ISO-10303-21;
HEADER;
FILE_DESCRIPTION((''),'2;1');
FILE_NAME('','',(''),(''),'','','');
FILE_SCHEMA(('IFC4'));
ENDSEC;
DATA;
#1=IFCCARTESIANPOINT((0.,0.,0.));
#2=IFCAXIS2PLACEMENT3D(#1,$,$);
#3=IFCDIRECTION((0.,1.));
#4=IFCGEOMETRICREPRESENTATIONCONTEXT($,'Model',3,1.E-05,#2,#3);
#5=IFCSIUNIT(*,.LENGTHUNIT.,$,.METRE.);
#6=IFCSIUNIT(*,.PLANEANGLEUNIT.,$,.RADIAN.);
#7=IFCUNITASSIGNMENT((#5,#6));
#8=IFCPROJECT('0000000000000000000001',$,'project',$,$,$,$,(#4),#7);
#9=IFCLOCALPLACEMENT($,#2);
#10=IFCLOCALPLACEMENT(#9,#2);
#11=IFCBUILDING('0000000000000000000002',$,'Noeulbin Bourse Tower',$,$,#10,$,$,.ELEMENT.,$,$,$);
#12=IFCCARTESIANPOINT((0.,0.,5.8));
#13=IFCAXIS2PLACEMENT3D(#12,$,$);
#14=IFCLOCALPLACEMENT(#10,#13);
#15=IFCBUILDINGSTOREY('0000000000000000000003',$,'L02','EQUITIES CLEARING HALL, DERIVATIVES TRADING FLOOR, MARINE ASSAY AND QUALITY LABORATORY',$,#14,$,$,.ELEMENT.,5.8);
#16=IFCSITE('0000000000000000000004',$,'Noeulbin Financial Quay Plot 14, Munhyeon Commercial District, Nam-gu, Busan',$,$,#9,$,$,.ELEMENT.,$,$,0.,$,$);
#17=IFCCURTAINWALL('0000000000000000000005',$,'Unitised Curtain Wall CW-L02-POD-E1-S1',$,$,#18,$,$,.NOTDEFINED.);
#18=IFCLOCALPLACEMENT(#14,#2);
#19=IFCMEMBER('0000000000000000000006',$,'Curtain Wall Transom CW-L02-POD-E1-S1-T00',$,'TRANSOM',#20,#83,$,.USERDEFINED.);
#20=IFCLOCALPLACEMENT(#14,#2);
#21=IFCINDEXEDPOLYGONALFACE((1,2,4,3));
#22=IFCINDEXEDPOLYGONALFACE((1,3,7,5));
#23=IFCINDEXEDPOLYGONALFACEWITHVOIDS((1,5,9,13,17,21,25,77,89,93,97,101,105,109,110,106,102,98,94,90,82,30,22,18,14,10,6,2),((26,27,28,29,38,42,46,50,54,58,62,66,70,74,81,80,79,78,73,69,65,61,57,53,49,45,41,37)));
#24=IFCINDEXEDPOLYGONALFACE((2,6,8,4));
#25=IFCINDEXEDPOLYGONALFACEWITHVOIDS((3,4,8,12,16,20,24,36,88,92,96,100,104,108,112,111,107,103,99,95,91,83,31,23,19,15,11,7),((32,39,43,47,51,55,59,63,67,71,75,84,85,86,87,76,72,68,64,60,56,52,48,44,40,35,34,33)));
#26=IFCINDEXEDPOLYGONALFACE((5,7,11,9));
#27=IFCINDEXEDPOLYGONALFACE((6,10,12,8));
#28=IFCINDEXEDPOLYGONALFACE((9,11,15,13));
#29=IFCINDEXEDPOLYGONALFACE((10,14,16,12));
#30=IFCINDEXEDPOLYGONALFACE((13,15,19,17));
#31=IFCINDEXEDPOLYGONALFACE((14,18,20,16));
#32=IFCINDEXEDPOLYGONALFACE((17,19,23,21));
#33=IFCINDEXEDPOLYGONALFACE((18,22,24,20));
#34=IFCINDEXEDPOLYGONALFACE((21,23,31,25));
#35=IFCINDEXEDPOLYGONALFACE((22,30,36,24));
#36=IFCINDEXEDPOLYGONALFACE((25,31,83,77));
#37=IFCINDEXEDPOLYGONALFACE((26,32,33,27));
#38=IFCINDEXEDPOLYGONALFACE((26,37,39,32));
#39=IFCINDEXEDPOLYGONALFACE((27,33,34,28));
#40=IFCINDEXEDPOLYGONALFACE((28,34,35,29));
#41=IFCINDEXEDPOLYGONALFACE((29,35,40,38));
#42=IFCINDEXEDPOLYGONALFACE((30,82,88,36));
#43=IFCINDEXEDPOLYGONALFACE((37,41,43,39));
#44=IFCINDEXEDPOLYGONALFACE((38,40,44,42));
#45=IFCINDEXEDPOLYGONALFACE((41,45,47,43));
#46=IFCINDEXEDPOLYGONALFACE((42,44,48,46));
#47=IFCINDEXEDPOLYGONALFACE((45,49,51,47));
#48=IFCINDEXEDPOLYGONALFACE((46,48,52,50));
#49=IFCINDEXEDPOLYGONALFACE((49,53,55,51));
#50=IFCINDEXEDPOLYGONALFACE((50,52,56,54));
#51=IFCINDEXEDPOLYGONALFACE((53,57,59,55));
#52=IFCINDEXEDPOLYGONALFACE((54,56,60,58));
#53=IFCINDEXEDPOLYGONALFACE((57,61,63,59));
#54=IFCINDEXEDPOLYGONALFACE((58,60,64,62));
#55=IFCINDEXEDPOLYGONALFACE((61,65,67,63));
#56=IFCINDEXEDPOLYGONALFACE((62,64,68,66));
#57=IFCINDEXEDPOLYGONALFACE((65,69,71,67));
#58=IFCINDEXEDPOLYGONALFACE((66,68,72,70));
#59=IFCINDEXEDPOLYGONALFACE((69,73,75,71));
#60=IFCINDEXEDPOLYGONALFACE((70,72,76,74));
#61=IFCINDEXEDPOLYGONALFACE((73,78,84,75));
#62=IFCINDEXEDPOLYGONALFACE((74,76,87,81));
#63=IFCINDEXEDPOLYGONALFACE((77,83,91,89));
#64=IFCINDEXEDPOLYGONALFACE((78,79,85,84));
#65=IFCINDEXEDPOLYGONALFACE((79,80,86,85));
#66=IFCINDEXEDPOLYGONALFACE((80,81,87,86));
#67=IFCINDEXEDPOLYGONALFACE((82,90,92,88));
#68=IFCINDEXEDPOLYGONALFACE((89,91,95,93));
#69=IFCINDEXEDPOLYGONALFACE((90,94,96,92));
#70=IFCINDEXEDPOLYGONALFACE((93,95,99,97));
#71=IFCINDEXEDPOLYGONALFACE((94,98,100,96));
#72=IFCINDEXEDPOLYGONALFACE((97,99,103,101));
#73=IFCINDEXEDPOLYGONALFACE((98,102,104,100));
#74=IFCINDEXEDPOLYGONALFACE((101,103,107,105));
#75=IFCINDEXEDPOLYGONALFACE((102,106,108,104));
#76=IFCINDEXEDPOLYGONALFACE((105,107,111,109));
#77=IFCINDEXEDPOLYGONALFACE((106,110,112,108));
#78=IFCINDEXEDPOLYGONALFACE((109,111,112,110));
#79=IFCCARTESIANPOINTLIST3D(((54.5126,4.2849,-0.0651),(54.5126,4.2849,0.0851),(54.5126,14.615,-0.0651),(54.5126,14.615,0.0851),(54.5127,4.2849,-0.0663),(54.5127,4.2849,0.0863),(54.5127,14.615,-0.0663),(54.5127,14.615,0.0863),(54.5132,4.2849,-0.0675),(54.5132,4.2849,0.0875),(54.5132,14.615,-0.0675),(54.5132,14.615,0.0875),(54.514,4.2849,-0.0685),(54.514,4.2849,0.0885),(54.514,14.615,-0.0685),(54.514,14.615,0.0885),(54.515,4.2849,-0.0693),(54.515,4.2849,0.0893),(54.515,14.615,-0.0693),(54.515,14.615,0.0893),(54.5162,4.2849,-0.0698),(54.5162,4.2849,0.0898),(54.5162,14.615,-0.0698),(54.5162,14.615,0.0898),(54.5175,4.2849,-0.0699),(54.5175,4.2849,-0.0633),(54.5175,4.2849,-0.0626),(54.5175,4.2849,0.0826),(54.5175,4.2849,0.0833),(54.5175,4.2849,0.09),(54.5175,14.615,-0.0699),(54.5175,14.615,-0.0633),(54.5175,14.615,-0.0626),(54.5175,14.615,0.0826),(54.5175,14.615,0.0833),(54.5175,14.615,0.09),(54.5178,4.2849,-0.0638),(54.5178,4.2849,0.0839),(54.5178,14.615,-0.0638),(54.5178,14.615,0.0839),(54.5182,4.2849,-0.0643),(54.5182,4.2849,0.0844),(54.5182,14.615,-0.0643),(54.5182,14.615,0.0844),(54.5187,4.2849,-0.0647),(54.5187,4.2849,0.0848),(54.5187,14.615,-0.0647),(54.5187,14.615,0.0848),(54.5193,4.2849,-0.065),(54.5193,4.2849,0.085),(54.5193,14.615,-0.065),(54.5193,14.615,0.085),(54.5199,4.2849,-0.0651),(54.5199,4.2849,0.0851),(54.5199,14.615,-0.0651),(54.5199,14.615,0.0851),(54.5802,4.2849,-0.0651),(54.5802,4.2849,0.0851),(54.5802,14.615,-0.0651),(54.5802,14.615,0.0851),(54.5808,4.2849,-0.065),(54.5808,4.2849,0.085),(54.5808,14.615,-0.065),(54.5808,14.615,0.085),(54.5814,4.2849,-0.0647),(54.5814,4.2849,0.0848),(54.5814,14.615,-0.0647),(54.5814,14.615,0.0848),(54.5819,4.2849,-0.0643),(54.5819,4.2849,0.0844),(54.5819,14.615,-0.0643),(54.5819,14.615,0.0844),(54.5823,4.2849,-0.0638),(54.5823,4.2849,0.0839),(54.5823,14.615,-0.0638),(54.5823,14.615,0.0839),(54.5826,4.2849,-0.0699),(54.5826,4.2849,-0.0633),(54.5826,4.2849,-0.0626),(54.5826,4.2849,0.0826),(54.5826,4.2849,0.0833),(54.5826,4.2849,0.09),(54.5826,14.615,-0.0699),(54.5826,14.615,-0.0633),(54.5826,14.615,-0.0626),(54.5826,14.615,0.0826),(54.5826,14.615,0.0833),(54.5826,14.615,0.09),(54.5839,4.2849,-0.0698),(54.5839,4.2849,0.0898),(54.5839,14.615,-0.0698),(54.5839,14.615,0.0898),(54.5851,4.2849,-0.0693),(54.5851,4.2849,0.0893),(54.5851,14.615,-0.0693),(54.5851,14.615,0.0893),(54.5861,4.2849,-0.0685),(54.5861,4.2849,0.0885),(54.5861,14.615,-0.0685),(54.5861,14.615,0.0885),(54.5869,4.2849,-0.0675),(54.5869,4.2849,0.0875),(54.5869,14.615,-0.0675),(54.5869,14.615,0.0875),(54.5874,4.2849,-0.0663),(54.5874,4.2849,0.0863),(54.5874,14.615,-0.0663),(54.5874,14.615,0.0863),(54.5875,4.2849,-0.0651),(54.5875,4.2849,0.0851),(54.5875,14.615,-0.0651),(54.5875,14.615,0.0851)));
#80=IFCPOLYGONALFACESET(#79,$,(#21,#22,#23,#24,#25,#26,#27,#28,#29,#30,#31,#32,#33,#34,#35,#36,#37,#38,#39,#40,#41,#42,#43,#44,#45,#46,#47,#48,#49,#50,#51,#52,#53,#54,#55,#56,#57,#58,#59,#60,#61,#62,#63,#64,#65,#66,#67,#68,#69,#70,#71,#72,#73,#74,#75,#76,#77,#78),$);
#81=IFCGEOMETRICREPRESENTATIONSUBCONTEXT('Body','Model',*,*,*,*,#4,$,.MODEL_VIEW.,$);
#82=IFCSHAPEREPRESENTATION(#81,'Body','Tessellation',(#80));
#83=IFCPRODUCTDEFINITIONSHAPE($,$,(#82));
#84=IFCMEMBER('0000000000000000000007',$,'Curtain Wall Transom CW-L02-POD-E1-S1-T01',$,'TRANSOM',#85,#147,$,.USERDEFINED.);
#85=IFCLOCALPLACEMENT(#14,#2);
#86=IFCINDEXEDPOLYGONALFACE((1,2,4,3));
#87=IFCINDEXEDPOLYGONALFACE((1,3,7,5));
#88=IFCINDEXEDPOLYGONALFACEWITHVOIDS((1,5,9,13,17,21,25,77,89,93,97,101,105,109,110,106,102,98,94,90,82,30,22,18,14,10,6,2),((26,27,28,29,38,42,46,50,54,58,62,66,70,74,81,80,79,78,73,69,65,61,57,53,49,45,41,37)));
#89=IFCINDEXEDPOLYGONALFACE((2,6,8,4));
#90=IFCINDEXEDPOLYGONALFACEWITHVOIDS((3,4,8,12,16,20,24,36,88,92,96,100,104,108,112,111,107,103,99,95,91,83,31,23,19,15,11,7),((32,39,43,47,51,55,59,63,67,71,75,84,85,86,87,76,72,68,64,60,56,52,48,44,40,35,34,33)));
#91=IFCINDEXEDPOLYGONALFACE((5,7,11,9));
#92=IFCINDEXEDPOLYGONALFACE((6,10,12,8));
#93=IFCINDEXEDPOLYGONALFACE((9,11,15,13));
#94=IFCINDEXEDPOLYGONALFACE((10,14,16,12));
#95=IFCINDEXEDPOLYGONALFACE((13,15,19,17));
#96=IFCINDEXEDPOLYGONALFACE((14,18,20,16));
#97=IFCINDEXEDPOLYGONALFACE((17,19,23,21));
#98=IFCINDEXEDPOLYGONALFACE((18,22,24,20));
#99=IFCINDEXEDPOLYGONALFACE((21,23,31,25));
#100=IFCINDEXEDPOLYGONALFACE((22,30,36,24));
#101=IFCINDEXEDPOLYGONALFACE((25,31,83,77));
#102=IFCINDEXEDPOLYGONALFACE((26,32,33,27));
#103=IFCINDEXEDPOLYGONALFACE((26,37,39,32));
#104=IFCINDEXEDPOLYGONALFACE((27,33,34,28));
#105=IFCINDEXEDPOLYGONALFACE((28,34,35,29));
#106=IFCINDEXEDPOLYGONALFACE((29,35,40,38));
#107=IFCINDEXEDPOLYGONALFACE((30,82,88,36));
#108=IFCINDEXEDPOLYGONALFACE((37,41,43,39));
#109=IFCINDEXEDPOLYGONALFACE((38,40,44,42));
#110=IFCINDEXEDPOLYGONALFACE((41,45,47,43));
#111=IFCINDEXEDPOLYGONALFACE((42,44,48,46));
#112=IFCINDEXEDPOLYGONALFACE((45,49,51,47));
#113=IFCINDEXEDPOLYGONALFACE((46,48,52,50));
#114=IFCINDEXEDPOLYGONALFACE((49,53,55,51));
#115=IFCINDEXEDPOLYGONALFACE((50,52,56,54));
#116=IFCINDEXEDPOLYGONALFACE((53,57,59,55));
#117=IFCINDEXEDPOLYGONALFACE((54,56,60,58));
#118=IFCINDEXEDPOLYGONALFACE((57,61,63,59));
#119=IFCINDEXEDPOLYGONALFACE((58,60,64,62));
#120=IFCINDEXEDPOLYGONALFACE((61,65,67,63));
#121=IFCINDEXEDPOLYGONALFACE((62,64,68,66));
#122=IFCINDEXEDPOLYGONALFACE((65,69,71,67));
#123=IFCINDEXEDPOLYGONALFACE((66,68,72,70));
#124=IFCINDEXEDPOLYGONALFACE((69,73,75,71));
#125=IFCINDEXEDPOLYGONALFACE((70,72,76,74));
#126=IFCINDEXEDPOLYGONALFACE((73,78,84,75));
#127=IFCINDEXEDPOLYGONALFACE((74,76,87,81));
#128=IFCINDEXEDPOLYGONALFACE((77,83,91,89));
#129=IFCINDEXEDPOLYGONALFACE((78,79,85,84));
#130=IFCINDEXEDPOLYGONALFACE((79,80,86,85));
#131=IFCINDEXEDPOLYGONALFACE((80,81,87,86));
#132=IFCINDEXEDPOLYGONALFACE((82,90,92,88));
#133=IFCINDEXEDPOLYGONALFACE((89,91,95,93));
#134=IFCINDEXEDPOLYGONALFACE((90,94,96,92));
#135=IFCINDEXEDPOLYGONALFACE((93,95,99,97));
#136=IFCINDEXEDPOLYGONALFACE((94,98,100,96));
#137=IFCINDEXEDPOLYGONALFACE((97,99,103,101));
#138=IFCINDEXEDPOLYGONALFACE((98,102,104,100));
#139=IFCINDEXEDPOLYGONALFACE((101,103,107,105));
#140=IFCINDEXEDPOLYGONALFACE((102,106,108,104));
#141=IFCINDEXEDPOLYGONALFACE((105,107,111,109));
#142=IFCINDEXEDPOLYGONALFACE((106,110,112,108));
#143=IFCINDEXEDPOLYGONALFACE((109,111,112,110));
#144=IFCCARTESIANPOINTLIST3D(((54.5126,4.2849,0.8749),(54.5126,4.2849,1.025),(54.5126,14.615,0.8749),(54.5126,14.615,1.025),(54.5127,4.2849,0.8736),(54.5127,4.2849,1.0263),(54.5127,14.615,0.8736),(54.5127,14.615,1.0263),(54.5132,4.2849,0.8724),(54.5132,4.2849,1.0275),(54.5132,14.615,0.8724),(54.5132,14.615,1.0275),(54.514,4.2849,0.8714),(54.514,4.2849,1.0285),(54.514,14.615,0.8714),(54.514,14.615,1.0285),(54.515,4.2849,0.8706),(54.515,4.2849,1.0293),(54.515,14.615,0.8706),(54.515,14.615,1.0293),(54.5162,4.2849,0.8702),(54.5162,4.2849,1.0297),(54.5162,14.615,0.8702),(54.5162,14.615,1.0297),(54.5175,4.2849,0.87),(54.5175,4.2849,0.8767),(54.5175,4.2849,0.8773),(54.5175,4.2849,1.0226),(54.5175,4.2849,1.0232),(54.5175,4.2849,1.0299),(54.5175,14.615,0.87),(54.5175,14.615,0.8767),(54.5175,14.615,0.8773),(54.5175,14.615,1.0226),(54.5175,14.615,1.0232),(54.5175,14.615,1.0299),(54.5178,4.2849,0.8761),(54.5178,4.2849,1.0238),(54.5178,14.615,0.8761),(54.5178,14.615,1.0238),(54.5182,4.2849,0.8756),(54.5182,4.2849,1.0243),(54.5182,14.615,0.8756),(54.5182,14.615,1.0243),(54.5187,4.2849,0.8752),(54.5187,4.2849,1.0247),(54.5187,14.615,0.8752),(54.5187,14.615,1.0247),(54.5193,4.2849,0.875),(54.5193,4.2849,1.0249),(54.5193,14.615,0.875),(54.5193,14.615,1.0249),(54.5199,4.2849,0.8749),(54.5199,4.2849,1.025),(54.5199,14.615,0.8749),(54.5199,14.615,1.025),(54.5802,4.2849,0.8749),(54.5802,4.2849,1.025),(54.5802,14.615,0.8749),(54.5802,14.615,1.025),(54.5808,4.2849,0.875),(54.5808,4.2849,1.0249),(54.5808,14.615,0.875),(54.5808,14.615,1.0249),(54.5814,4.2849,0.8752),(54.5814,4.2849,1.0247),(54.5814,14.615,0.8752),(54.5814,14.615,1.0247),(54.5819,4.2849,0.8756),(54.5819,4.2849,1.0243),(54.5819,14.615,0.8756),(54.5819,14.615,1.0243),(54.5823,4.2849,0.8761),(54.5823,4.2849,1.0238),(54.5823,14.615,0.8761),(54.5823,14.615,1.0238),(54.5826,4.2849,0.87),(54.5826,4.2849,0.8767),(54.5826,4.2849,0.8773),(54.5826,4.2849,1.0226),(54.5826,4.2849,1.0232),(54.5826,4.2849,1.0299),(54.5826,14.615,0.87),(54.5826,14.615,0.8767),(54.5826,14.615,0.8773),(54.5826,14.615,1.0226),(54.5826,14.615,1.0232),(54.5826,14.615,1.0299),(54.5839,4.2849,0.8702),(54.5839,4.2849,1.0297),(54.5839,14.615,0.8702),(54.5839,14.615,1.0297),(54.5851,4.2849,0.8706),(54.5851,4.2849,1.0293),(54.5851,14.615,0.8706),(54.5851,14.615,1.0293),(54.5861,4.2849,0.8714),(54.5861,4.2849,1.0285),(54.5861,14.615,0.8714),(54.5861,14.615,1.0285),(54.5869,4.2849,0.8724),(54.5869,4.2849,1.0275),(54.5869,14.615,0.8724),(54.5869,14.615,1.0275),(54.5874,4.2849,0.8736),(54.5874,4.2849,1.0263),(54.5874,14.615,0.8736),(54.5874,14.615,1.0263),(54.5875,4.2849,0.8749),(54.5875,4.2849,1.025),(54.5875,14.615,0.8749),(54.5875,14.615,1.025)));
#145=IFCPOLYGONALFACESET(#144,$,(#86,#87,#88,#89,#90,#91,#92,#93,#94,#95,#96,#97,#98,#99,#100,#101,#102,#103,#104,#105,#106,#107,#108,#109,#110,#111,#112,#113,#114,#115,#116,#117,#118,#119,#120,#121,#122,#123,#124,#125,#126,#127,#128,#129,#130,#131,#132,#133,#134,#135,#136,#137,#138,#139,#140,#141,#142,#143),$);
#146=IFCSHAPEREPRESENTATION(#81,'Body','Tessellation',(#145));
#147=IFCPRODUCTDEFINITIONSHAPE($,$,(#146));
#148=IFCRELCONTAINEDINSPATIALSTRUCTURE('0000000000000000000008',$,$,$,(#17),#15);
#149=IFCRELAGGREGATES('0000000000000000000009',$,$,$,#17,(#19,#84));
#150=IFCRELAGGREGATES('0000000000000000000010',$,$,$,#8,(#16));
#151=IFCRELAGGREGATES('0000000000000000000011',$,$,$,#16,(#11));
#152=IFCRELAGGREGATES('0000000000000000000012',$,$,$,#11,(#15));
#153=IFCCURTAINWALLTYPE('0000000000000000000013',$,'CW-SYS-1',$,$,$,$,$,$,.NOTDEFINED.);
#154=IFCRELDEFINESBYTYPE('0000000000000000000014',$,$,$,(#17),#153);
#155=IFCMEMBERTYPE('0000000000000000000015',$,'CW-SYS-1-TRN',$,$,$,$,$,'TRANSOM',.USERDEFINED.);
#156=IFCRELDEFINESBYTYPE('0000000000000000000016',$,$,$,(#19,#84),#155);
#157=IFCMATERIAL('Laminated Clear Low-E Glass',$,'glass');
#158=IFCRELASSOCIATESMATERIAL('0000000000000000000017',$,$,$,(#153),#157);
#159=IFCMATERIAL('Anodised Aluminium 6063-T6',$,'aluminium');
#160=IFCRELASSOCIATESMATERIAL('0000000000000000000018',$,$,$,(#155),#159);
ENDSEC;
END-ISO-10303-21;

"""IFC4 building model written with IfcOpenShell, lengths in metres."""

from ifc_helpers import new_model, si_unit, direction, frame, origin, origin_2d, place, context, subcontext, project, spatial, hollow_rectangle, extrude, material, material_profile, profile_set, type_object, element, aggregate, save


model = new_model("IFC4")

# Units and contexts
model_context = context("Model", 3, precision=1e-05, world=origin(), true_north=direction((0.0, 1.0)))
body_context = subcontext(model_context, "Body", "Model", "MODEL_VIEW")
ifc_project = project(units=[si_unit("LENGTHUNIT", "METRE"), si_unit("PLANEANGLEUNIT", "RADIAN")], contexts=[model_context])

# Site, building, storey
site_placement = place(None, origin())
site = spatial("IfcSite", under=ifc_project, at=site_placement, Name="Noeulbin Financial Quay Plot 14, Munhyeon Commercial District, Nam-gu, Busan", CompositionType="ELEMENT", RefElevation=0.0)
building_placement = place(site_placement, origin())
building = spatial("IfcBuilding", under=site, at=building_placement, Name="Noeulbin Bourse Tower", CompositionType="ELEMENT")
storey_placement = place(building_placement, frame((0.0, 0.0, 5.8)))
storey = spatial("IfcBuildingStorey", under=building, at=storey_placement, Name="L02", Description="EQUITIES CLEARING HALL, DERIVATIVES TRADING FLOOR, MARINE ASSAY AND QUALITY LABORATORY", CompositionType="ELEMENT", Elevation=5.8)

# Shared definitions
ifc_material_1 = material(Name="Laminated Clear Low-E Glass", Category="glass")
curtain_wall_type = type_object("IfcCurtainWallType", Name="CW-SYS-1", PredefinedType="NOTDEFINED", material=ifc_material_1)
ifc_material_2 = material(Name="Anodised Aluminium 6063-T6", Category="aluminium")

# Curtain wall
curtain_wall_1_placement = place(storey_placement, origin())
curtain_wall_1 = element("IfcCurtainWall", 1, at=curtain_wall_1_placement, inside=storey, type_object=curtain_wall_type, Name="Unitised Curtain Wall CW-L02-POD-E1-S1", PredefinedType="NOTDEFINED")

# Members
ifc_material_profile_1 = material_profile(ifc_material_2, hollow_rectangle(XDim=0.075, YDim=0.1599, WallThickness=0.0049, InnerFilletRadius=0.0024, OuterFilletRadius=0.0049, at=origin_2d()), Name="ALU-TRAN-75x160x5", Category="LoadBearing")
ifc_profile_set_1 = profile_set([ifc_material_profile_1], Name="Anodised Aluminium 6063-T6")
member_type_1 = type_object("IfcMemberType", Name="CW-SYS-1-TRN", ElementType="TRANSOM", PredefinedType="USERDEFINED", material=ifc_profile_set_1)
member_1_placement = place(storey_placement, frame((54.55, 4.2849, 0.01), z_axis=(0.0, 1.0, 0.0), x_axis=(-1.0, 0.0, 0.0)))
member_1 = element("IfcMember", 2, at=member_1_placement, type_object=member_type_1, Name="Curtain Wall Transom CW-L02-POD-E1-S1-T00", ObjectType="TRANSOM", PredefinedType="USERDEFINED", context=body_context, shape_type="SweptSolid", body=[
    extrude(hollow_rectangle(XDim=0.075, YDim=0.1599, WallThickness=0.0049, InnerFilletRadius=0.0024, OuterFilletRadius=0.0049, at=origin_2d()), origin(), (0.0, 0.0, 1.0), 10.3301),
])
member_2_placement = place(storey_placement, frame((54.55, 4.2849, 0.95), z_axis=(0.0, 1.0, 0.0), x_axis=(-1.0, 0.0, 0.0)))
member_2 = element("IfcMember", 3, at=member_2_placement, type_object=member_type_1, Name="Curtain Wall Transom CW-L02-POD-E1-S1-T01", ObjectType="TRANSOM", PredefinedType="USERDEFINED", context=body_context, shape_type="SweptSolid", body=[
    extrude(hollow_rectangle(XDim=0.075, YDim=0.1599, WallThickness=0.0049, InnerFilletRadius=0.0024, OuterFilletRadius=0.0049, at=origin_2d()), origin(), (0.0, 0.0, 1.0), 10.3301),
])

aggregate(curtain_wall_1, [member_1, member_2])

save(model, "model.ifc")
